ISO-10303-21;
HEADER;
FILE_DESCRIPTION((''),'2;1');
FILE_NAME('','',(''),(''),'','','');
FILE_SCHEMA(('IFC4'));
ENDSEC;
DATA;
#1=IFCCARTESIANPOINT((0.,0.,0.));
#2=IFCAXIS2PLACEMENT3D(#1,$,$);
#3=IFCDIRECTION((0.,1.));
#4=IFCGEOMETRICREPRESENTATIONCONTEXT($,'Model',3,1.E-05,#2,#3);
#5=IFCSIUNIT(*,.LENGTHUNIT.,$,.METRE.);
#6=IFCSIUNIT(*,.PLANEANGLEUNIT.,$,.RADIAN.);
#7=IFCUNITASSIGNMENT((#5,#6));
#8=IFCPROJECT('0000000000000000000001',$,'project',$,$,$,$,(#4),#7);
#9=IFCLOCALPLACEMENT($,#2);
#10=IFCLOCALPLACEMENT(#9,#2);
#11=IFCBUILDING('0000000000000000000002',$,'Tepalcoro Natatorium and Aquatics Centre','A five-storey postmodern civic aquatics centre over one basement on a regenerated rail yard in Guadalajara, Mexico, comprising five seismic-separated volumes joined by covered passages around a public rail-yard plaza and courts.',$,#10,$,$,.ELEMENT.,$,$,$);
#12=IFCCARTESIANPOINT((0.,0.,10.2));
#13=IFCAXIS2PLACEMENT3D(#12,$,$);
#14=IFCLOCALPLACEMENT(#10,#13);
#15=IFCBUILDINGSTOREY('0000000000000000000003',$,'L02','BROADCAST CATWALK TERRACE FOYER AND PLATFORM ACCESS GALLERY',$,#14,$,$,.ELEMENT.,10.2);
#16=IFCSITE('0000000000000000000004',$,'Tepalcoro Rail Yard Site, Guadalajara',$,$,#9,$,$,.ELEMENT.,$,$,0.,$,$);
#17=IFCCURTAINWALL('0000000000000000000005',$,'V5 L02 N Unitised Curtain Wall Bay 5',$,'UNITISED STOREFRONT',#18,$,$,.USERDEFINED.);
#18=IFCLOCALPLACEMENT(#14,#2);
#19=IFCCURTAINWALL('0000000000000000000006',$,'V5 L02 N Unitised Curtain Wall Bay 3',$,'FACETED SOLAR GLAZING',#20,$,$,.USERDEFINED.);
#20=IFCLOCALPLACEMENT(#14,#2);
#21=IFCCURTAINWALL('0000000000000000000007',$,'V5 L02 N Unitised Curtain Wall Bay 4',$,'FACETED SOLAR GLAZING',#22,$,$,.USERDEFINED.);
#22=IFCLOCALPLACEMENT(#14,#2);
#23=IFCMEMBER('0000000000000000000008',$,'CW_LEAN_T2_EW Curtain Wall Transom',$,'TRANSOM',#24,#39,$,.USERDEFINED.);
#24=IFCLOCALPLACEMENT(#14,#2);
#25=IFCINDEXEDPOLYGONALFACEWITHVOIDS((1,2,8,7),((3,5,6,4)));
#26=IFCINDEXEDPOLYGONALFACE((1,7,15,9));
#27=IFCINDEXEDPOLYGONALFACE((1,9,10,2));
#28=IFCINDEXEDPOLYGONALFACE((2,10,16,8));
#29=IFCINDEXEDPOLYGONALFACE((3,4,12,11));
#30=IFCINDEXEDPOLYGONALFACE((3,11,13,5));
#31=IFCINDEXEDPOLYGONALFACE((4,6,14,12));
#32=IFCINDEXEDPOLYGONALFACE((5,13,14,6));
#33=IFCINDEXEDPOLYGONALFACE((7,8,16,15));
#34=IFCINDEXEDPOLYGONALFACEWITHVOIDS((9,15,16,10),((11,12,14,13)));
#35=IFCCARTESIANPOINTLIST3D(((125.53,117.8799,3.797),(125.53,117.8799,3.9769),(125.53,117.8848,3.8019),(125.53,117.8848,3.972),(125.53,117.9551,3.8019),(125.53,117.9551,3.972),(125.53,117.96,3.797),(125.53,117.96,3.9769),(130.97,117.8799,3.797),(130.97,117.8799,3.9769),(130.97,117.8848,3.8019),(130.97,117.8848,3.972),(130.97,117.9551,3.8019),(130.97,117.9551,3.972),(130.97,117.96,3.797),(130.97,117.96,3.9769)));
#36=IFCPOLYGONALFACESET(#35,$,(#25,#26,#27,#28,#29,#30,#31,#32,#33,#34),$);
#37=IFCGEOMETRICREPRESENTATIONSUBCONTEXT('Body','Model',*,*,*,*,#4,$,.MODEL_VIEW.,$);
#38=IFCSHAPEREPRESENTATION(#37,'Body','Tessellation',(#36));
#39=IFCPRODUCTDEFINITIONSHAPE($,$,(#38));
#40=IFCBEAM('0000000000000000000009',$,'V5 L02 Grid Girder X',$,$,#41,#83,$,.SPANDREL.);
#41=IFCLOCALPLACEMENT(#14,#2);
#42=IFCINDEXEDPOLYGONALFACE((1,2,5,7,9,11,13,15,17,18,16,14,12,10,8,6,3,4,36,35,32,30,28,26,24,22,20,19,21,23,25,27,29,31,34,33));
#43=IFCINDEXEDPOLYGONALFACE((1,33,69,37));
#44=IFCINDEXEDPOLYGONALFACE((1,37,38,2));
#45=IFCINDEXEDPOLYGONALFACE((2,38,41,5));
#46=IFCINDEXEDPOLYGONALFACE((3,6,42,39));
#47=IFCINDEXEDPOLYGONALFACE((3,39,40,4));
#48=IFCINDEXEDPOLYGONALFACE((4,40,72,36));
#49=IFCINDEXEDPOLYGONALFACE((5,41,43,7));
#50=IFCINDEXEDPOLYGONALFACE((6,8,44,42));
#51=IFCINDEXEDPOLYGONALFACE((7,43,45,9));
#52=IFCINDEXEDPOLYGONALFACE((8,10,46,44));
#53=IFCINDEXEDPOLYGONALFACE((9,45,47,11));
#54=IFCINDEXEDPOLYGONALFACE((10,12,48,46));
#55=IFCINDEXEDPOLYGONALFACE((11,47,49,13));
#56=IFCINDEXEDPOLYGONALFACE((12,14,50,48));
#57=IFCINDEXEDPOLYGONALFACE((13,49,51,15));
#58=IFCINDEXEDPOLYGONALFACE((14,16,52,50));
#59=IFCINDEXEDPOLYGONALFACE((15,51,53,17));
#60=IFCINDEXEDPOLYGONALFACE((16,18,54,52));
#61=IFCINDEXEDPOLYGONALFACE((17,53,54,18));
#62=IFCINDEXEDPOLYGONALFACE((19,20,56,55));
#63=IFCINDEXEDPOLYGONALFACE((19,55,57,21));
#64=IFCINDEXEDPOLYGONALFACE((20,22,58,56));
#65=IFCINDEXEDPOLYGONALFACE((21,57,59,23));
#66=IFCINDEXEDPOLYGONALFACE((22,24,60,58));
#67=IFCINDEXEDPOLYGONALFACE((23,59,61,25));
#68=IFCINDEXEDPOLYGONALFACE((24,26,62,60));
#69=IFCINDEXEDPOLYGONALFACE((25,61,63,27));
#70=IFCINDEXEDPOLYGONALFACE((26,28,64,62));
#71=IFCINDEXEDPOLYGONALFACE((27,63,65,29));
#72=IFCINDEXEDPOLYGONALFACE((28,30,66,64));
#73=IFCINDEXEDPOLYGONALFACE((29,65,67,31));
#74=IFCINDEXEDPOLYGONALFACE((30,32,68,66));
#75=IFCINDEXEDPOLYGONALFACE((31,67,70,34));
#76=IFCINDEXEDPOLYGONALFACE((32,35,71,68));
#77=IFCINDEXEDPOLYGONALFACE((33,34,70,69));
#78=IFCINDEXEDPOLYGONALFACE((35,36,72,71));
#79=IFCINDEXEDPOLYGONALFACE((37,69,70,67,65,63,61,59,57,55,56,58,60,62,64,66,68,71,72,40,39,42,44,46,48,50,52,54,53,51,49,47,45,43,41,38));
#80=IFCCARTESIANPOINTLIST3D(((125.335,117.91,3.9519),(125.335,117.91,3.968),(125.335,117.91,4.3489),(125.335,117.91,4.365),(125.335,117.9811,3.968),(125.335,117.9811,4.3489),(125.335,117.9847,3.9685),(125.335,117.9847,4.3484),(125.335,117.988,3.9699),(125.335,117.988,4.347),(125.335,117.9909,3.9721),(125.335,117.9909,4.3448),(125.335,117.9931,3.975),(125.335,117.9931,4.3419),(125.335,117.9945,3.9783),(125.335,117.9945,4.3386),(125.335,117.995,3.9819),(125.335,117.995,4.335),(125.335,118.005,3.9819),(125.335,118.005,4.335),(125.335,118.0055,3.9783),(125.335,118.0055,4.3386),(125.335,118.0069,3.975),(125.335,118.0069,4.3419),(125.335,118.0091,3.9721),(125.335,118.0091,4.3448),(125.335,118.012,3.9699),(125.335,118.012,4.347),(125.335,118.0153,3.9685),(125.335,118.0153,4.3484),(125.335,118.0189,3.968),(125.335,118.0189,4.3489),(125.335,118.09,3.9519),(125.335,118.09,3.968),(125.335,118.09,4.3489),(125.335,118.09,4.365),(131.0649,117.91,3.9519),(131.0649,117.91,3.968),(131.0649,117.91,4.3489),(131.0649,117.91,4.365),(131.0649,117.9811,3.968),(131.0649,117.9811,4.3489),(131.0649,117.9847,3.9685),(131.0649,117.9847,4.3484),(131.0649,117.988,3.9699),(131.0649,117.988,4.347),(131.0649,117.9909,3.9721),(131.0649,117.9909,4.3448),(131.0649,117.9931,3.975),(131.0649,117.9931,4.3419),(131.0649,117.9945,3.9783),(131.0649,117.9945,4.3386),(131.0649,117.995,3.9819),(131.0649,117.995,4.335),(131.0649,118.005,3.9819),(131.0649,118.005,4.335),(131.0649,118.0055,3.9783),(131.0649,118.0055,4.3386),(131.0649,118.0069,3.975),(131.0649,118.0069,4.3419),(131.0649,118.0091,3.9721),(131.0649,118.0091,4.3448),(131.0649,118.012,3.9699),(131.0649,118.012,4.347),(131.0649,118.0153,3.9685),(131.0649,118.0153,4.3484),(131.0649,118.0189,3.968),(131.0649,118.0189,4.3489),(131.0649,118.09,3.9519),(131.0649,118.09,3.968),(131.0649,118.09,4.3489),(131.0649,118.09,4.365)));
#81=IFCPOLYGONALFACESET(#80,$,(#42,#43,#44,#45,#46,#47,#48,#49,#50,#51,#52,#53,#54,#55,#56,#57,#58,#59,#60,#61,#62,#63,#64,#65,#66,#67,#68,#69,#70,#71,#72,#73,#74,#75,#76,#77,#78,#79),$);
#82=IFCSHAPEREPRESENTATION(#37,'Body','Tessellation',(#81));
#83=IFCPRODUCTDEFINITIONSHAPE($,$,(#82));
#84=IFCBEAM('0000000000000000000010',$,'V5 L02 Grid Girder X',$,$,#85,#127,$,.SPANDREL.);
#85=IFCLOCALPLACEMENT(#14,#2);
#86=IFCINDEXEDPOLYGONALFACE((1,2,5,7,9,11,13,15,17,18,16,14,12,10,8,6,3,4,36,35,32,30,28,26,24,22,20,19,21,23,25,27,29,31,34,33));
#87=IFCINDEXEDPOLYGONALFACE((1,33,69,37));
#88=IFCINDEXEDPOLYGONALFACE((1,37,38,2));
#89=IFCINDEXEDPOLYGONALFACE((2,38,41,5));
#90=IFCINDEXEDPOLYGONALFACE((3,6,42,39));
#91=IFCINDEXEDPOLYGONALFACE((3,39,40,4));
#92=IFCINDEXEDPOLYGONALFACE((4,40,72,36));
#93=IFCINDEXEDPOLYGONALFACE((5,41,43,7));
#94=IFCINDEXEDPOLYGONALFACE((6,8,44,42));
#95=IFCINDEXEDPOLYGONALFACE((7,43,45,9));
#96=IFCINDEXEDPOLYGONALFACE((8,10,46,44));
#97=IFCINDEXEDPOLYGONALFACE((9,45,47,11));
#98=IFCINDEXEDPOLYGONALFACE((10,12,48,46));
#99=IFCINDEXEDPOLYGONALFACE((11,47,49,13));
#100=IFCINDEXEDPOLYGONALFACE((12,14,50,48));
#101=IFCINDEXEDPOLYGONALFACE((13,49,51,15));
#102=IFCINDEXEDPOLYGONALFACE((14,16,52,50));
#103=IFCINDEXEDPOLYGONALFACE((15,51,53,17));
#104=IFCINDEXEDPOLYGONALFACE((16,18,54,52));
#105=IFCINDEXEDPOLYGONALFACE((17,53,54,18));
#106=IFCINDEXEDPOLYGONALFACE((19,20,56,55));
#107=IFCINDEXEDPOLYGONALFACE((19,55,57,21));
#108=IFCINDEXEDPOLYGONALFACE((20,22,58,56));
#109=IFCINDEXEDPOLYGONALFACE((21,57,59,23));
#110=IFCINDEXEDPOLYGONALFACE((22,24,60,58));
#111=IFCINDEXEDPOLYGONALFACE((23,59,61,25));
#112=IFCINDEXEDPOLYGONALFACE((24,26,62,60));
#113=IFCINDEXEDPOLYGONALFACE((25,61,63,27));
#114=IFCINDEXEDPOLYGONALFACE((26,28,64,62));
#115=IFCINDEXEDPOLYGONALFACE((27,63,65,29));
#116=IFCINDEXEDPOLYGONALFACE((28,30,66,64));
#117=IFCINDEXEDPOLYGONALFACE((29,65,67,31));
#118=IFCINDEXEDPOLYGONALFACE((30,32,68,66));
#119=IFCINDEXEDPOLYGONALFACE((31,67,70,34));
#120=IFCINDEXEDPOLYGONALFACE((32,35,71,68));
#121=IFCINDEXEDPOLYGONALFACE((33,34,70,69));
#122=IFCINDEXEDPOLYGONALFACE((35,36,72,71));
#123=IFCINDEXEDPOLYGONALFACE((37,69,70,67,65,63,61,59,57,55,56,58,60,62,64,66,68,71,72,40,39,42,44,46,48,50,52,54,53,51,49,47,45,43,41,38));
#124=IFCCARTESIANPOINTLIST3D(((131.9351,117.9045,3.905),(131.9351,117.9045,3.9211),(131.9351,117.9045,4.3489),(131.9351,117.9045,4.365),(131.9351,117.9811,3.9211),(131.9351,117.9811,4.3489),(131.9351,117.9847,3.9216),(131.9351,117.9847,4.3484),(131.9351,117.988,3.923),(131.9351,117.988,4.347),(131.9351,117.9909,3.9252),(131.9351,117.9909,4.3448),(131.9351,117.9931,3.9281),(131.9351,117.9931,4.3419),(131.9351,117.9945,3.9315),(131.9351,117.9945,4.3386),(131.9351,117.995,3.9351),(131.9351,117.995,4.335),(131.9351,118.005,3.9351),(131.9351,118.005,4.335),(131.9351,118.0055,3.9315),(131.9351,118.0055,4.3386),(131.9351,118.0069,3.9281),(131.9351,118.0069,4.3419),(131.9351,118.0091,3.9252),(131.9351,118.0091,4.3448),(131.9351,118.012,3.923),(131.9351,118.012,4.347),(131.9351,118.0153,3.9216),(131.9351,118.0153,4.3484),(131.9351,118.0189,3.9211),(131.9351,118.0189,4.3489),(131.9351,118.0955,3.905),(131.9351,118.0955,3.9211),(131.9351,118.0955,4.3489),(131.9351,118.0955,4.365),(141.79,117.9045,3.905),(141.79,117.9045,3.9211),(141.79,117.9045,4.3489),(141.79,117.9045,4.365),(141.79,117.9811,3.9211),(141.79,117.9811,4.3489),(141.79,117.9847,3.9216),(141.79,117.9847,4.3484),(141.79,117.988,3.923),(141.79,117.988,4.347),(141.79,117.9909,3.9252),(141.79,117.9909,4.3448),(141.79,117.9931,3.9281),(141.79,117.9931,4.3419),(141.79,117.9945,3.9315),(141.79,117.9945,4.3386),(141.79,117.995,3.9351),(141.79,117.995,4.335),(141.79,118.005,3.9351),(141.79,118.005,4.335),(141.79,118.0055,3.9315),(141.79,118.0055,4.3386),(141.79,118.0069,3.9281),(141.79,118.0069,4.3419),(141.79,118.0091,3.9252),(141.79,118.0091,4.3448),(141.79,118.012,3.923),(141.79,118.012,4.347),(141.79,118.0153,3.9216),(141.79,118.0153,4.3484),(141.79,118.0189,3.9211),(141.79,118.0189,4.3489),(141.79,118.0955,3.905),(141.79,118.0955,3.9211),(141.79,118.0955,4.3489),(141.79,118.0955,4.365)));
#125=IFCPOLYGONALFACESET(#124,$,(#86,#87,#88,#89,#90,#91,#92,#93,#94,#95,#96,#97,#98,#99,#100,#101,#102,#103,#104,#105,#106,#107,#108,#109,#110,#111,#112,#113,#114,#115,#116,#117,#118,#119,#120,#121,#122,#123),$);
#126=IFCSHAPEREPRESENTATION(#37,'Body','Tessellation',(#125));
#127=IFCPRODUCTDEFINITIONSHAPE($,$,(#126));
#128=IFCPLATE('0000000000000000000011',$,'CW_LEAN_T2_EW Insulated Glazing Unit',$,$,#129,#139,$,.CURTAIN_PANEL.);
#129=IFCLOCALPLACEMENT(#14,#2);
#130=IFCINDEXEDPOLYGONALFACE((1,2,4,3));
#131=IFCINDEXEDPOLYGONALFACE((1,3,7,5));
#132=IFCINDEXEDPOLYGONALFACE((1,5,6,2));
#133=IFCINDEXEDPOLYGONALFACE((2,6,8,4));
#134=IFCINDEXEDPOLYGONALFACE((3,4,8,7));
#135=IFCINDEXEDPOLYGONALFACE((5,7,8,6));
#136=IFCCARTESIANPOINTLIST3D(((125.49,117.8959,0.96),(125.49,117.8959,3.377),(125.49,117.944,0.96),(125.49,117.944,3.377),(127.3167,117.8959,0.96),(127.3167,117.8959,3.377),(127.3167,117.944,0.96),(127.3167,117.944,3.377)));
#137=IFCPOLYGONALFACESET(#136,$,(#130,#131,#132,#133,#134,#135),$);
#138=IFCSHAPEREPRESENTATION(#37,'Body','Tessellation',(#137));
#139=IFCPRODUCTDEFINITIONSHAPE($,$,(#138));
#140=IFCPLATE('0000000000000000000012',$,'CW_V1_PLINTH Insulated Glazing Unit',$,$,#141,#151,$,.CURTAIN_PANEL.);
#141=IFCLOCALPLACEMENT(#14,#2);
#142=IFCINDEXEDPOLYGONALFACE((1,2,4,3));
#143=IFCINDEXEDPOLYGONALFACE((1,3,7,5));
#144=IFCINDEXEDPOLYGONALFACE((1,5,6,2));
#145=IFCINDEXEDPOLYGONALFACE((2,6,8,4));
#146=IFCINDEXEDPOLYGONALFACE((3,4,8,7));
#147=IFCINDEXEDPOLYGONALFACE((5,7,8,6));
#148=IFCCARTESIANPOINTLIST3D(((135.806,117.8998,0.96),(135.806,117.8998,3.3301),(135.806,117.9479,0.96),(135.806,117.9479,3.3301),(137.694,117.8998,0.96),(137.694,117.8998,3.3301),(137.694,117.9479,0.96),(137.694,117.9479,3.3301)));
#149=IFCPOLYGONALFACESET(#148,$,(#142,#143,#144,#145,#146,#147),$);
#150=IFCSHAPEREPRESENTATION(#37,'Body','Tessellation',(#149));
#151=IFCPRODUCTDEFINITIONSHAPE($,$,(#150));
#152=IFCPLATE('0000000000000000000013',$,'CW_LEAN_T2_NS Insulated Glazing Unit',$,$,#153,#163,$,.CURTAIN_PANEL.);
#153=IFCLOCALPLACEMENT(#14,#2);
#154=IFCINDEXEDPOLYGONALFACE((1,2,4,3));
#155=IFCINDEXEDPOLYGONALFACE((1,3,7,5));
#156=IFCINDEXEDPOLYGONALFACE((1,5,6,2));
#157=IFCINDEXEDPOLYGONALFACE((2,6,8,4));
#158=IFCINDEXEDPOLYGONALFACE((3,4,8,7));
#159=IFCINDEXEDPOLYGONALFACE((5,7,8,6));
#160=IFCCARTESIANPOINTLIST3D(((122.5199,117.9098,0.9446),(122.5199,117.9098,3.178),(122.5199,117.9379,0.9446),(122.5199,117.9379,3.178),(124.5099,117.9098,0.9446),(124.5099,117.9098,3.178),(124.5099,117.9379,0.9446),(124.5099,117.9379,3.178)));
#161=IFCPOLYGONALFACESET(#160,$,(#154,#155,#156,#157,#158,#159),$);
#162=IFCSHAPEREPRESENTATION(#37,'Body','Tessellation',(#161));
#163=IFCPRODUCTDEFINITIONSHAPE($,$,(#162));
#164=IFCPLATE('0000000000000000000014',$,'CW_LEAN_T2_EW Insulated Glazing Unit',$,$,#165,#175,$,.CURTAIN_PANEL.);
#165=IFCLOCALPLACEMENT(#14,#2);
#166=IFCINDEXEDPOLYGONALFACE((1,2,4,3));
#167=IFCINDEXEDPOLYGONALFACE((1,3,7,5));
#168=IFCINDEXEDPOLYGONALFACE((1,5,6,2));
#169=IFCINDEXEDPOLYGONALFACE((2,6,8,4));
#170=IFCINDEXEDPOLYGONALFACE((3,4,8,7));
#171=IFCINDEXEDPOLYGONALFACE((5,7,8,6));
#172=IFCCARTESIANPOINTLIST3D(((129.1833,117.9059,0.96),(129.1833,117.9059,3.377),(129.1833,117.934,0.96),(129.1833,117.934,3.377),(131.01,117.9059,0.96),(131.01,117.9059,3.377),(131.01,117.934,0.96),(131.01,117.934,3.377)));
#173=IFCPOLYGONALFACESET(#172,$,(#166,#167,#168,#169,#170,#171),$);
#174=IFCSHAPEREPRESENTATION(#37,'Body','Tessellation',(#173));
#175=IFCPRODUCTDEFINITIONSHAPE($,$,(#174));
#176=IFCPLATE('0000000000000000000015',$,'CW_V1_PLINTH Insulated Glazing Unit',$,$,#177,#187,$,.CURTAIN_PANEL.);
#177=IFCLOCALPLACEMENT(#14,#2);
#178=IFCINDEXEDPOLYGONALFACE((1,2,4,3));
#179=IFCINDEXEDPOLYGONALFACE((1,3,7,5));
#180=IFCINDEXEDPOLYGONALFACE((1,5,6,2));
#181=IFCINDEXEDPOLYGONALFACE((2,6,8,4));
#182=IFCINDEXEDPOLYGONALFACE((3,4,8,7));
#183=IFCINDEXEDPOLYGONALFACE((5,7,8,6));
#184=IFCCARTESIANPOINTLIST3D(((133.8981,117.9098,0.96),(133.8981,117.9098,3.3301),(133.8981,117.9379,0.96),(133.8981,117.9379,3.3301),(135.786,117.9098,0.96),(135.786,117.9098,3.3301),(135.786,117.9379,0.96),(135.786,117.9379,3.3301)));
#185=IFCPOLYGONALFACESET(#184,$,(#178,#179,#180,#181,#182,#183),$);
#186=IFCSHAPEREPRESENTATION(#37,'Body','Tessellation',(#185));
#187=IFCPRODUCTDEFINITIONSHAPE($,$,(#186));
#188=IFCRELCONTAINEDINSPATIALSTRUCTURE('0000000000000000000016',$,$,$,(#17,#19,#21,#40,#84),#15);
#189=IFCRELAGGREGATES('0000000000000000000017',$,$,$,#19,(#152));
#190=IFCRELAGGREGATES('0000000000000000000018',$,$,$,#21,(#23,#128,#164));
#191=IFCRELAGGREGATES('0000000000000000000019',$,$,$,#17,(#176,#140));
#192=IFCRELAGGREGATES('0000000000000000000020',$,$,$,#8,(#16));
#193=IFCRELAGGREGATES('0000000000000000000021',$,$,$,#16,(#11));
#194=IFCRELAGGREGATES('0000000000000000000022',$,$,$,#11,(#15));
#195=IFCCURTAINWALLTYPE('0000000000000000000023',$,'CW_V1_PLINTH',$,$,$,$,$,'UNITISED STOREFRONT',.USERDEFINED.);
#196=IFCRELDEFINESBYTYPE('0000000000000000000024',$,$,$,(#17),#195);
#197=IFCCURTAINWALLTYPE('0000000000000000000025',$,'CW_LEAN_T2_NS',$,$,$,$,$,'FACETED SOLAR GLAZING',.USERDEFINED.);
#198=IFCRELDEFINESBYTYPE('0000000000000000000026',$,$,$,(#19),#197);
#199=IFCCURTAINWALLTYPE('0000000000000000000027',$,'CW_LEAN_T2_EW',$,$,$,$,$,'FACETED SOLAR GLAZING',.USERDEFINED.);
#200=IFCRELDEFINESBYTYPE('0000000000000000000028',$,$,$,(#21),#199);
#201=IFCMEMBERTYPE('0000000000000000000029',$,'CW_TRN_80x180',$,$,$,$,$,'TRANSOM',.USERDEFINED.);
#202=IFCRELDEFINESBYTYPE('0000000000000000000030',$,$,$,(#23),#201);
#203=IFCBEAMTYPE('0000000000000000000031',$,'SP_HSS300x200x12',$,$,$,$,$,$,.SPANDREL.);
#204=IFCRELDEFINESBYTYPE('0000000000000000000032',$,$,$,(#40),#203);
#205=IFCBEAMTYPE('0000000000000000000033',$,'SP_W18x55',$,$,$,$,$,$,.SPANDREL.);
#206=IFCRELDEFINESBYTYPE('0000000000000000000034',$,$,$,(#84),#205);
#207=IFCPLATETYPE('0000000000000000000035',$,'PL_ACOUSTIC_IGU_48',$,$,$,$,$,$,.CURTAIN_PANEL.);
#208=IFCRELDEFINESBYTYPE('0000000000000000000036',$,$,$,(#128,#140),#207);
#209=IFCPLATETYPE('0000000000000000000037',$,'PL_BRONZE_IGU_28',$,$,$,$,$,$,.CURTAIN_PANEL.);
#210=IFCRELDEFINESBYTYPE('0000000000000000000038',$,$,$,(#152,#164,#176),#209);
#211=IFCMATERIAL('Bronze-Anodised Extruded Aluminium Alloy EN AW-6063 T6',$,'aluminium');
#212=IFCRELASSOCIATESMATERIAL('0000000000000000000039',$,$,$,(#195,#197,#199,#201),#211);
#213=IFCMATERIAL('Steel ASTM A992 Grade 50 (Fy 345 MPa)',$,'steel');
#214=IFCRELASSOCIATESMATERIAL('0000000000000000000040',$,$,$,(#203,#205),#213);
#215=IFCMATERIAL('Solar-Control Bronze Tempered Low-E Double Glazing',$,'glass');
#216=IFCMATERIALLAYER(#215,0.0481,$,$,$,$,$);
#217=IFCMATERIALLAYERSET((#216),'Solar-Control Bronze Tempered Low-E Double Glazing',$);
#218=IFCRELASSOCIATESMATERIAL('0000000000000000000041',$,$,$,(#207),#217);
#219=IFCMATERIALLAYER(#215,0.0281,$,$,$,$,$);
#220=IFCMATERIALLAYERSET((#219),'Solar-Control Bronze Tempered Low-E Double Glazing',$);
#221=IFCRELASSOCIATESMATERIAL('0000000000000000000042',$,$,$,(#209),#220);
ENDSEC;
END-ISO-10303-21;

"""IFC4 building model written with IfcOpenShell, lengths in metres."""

from ifc_helpers import new_model, si_unit, direction, frame, origin, origin_2d, place, context, subcontext, project, spatial, rectangle, hollow_rectangle, i_section, extrude, material, layer, layer_set, material_profile, profile_set, type_object, element, aggregate, save


model = new_model("IFC4")

# Units and contexts
model_context = context("Model", 3, precision=1e-05, world=origin(), true_north=direction((0.0, 1.0)))
body_context = subcontext(model_context, "Body", "Model", "MODEL_VIEW")
ifc_project = project(units=[si_unit("LENGTHUNIT", "METRE"), si_unit("PLANEANGLEUNIT", "RADIAN")], contexts=[model_context])

# Site, building, storey
site_placement = place(None, origin())
site = spatial("IfcSite", under=ifc_project, at=site_placement, Name="Tepalcoro Rail Yard Site, Guadalajara", CompositionType="ELEMENT", RefElevation=0.0)
building_placement = place(site_placement, origin())
building = spatial("IfcBuilding", under=site, at=building_placement, Name="Tepalcoro Natatorium and Aquatics Centre", Description="A five-storey postmodern civic aquatics centre over one basement on a regenerated rail yard in Guadalajara, Mexico, comprising five seismic-separated volumes joined by covered passages around a public rail-yard plaza and courts.", CompositionType="ELEMENT")
storey_placement = place(building_placement, frame((0.0, 0.0, 10.2)))
storey = spatial("IfcBuildingStorey", under=building, at=storey_placement, Name="L02", Description="BROADCAST CATWALK TERRACE FOYER AND PLATFORM ACCESS GALLERY", CompositionType="ELEMENT", Elevation=10.2)

# Curtain walls
ifc_material_1 = material(Name="Bronze-Anodised Extruded Aluminium Alloy EN AW-6063 T6", Category="aluminium")
curtain_wall_type_1 = type_object("IfcCurtainWallType", Name="CW_V1_PLINTH", ElementType="UNITISED STOREFRONT", PredefinedType="USERDEFINED", material=ifc_material_1)
curtain_wall_1_placement = place(storey_placement, origin())
curtain_wall_1 = element("IfcCurtainWall", 1, at=curtain_wall_1_placement, inside=storey, type_object=curtain_wall_type_1, Name="V5 L02 N Unitised Curtain Wall Bay 5", ObjectType="UNITISED STOREFRONT", PredefinedType="USERDEFINED")
curtain_wall_type_2 = type_object("IfcCurtainWallType", Name="CW_LEAN_T2_NS", ElementType="FACETED SOLAR GLAZING", PredefinedType="USERDEFINED", material=ifc_material_1)
curtain_wall_2_placement = place(storey_placement, origin())
curtain_wall_2 = element("IfcCurtainWall", 2, at=curtain_wall_2_placement, inside=storey, type_object=curtain_wall_type_2, Name="V5 L02 N Unitised Curtain Wall Bay 3", ObjectType="FACETED SOLAR GLAZING", PredefinedType="USERDEFINED")
curtain_wall_type_3 = type_object("IfcCurtainWallType", Name="CW_LEAN_T2_EW", ElementType="FACETED SOLAR GLAZING", PredefinedType="USERDEFINED", material=ifc_material_1)
curtain_wall_3_placement = place(storey_placement, origin())
curtain_wall_3 = element("IfcCurtainWall", 3, at=curtain_wall_3_placement, inside=storey, type_object=curtain_wall_type_3, Name="V5 L02 N Unitised Curtain Wall Bay 4", ObjectType="FACETED SOLAR GLAZING", PredefinedType="USERDEFINED")

# Member
ifc_material_profile_1 = material_profile(ifc_material_1, hollow_rectangle(XDim=0.0801, YDim=0.1799, WallThickness=0.0049, at=origin_2d()), Name="AL80X180X5")
ifc_profile_set_1 = profile_set([ifc_material_profile_1], Name="Bronze-Anodised Extruded Aluminium Alloy EN AW-6063 T6")
member_type_1 = type_object("IfcMemberType", Name="CW_TRN_80x180", ElementType="TRANSOM", PredefinedType="USERDEFINED", material=ifc_profile_set_1)
member_1_placement = place(storey_placement, frame((125.53, 117.9199, 3.887), z_axis=(1.0, 0.0, 0.0), x_axis=(0.0, 1.0, 0.0)))
member_1 = element("IfcMember", 4, at=member_1_placement, type_object=member_type_1, Name="CW_LEAN_T2_EW Curtain Wall Transom", ObjectType="TRANSOM", PredefinedType="USERDEFINED", context=body_context, shape_type="SweptSolid", body=[
    extrude(hollow_rectangle(XDim=0.0801, YDim=0.1799, WallThickness=0.0049, at=origin_2d()), origin(), (0.0, 0.0, 1.0), 5.4399),
])

# Beams
ifc_material_2 = material(Name="Steel ASTM A992 Grade 50 (Fy 345 MPa)", Category="steel")
ifc_material_profile_2 = material_profile(ifc_material_2, i_section(OverallWidth=0.1799, OverallDepth=0.4131, WebThickness=0.01, FlangeThickness=0.0161, FilletRadius=0.0139, at=origin_2d()), Name="W16X50")
ifc_profile_set_2 = profile_set([ifc_material_profile_2], Name="Steel ASTM A992 Grade 50 (Fy 345 MPa)")
beam_type_1 = type_object("IfcBeamType", Name="SP_HSS300x200x12", PredefinedType="SPANDREL", material=ifc_profile_set_2)
beam_1_placement = place(storey_placement, frame((125.335, 118.0, 4.1584), z_axis=(1.0, 0.0, 0.0), x_axis=(0.0, 1.0, 0.0)))
element("IfcBeam", 5, at=beam_1_placement, inside=storey, type_object=beam_type_1, Name="V5 L02 Grid Girder X", PredefinedType="SPANDREL", context=body_context, shape_type="SweptSolid", body=[
    extrude(i_section(OverallWidth=0.1799, OverallDepth=0.4131, WebThickness=0.01, FlangeThickness=0.0161, FilletRadius=0.0139, at=origin_2d()), origin(), (0.0, 0.0, 1.0), 5.73),
])
ifc_material_profile_3 = material_profile(ifc_material_2, i_section(OverallWidth=0.1909, OverallDepth=0.46, WebThickness=0.01, FlangeThickness=0.0161, FilletRadius=0.0139, at=origin_2d()), Name="W18X55")
ifc_profile_set_3 = profile_set([ifc_material_profile_3], Name="Steel ASTM A992 Grade 50 (Fy 345 MPa)")
beam_type_2 = type_object("IfcBeamType", Name="SP_W18x55", PredefinedType="SPANDREL", material=ifc_profile_set_3)
beam_2_placement = place(storey_placement, frame((131.9351, 118.0, 4.135), z_axis=(1.0, 0.0, 0.0), x_axis=(0.0, 1.0, 0.0)))
element("IfcBeam", 6, at=beam_2_placement, inside=storey, type_object=beam_type_2, Name="V5 L02 Grid Girder X", PredefinedType="SPANDREL", context=body_context, shape_type="SweptSolid", body=[
    extrude(i_section(OverallWidth=0.1909, OverallDepth=0.46, WebThickness=0.01, FlangeThickness=0.0161, FilletRadius=0.0139, at=origin_2d()), origin(), (0.0, 0.0, 1.0), 9.855),
])

# Plates
ifc_material_3 = material(Name="Solar-Control Bronze Tempered Low-E Double Glazing", Category="glass")
ifc_layer_1 = layer(ifc_material_3, 0.0481)
ifc_layer_set_1 = layer_set([ifc_layer_1], Name="Solar-Control Bronze Tempered Low-E Double Glazing")
plate_type_1 = type_object("IfcPlateType", Name="PL_ACOUSTIC_IGU_48", PredefinedType="CURTAIN_PANEL", material=ifc_layer_set_1)
plate_1_placement = place(storey_placement, frame((126.4033, 117.9199, 0.96), z_axis=(0.0, 0.0, 1.0), x_axis=(1.0, 0.0, 0.0)))
plate_1 = element("IfcPlate", 7, at=plate_1_placement, type_object=plate_type_1, Name="CW_LEAN_T2_EW Insulated Glazing Unit", PredefinedType="CURTAIN_PANEL", context=body_context, shape_type="SweptSolid", body=[
    extrude(rectangle(XDim=1.8267, YDim=0.0481, at=origin_2d()), origin(), (0.0, 0.0, 1.0), 2.417),
])
plate_2_placement = place(storey_placement, frame((136.75, 117.9238, 0.96), z_axis=(0.0, 0.0, 1.0), x_axis=(1.0, 0.0, 0.0)))
plate_2 = element("IfcPlate", 8, at=plate_2_placement, type_object=plate_type_1, Name="CW_V1_PLINTH Insulated Glazing Unit", PredefinedType="CURTAIN_PANEL", context=body_context, shape_type="SweptSolid", body=[
    extrude(rectangle(XDim=1.8879, YDim=0.0481, at=origin_2d()), origin(), (0.0, 0.0, 1.0), 2.3701),
])
ifc_layer_2 = layer(ifc_material_3, 0.0281)
ifc_layer_set_2 = layer_set([ifc_layer_2], Name="Solar-Control Bronze Tempered Low-E Double Glazing")
plate_type_2 = type_object("IfcPlateType", Name="PL_BRONZE_IGU_28", PredefinedType="CURTAIN_PANEL", material=ifc_layer_set_2)
plate_3_placement = place(storey_placement, frame((123.5149, 117.9238, 0.9446), z_axis=(0.0, 0.0, 1.0), x_axis=(1.0, 0.0, 0.0)))
plate_3 = element("IfcPlate", 9, at=plate_3_placement, type_object=plate_type_2, Name="CW_LEAN_T2_NS Insulated Glazing Unit", PredefinedType="CURTAIN_PANEL", context=body_context, shape_type="SweptSolid", body=[
    extrude(rectangle(XDim=1.99, YDim=0.0281, at=origin_2d()), origin(), (0.0, 0.0, 1.0), 2.2334),
])
plate_4_placement = place(storey_placement, frame((130.0967, 117.9199, 0.96), z_axis=(0.0, 0.0, 1.0), x_axis=(1.0, 0.0, 0.0)))
plate_4 = element("IfcPlate", 10, at=plate_4_placement, type_object=plate_type_2, Name="CW_LEAN_T2_EW Insulated Glazing Unit", PredefinedType="CURTAIN_PANEL", context=body_context, shape_type="SweptSolid", body=[
    extrude(rectangle(XDim=1.8267, YDim=0.0281, at=origin_2d()), origin(), (0.0, 0.0, 1.0), 2.417),
])
plate_5_placement = place(storey_placement, frame((134.842, 117.9238, 0.96), z_axis=(0.0, 0.0, 1.0), x_axis=(1.0, 0.0, 0.0)))
plate_5 = element("IfcPlate", 11, at=plate_5_placement, type_object=plate_type_2, Name="CW_V1_PLINTH Insulated Glazing Unit", PredefinedType="CURTAIN_PANEL", context=body_context, shape_type="SweptSolid", body=[
    extrude(rectangle(XDim=1.8879, YDim=0.0281, at=origin_2d()), origin(), (0.0, 0.0, 1.0), 2.3701),
])
aggregate(curtain_wall_2, [plate_3])
aggregate(curtain_wall_3, [member_1, plate_1, plate_4])
aggregate(curtain_wall_1, [plate_5, plate_2])

save(model, "model.ifc")
